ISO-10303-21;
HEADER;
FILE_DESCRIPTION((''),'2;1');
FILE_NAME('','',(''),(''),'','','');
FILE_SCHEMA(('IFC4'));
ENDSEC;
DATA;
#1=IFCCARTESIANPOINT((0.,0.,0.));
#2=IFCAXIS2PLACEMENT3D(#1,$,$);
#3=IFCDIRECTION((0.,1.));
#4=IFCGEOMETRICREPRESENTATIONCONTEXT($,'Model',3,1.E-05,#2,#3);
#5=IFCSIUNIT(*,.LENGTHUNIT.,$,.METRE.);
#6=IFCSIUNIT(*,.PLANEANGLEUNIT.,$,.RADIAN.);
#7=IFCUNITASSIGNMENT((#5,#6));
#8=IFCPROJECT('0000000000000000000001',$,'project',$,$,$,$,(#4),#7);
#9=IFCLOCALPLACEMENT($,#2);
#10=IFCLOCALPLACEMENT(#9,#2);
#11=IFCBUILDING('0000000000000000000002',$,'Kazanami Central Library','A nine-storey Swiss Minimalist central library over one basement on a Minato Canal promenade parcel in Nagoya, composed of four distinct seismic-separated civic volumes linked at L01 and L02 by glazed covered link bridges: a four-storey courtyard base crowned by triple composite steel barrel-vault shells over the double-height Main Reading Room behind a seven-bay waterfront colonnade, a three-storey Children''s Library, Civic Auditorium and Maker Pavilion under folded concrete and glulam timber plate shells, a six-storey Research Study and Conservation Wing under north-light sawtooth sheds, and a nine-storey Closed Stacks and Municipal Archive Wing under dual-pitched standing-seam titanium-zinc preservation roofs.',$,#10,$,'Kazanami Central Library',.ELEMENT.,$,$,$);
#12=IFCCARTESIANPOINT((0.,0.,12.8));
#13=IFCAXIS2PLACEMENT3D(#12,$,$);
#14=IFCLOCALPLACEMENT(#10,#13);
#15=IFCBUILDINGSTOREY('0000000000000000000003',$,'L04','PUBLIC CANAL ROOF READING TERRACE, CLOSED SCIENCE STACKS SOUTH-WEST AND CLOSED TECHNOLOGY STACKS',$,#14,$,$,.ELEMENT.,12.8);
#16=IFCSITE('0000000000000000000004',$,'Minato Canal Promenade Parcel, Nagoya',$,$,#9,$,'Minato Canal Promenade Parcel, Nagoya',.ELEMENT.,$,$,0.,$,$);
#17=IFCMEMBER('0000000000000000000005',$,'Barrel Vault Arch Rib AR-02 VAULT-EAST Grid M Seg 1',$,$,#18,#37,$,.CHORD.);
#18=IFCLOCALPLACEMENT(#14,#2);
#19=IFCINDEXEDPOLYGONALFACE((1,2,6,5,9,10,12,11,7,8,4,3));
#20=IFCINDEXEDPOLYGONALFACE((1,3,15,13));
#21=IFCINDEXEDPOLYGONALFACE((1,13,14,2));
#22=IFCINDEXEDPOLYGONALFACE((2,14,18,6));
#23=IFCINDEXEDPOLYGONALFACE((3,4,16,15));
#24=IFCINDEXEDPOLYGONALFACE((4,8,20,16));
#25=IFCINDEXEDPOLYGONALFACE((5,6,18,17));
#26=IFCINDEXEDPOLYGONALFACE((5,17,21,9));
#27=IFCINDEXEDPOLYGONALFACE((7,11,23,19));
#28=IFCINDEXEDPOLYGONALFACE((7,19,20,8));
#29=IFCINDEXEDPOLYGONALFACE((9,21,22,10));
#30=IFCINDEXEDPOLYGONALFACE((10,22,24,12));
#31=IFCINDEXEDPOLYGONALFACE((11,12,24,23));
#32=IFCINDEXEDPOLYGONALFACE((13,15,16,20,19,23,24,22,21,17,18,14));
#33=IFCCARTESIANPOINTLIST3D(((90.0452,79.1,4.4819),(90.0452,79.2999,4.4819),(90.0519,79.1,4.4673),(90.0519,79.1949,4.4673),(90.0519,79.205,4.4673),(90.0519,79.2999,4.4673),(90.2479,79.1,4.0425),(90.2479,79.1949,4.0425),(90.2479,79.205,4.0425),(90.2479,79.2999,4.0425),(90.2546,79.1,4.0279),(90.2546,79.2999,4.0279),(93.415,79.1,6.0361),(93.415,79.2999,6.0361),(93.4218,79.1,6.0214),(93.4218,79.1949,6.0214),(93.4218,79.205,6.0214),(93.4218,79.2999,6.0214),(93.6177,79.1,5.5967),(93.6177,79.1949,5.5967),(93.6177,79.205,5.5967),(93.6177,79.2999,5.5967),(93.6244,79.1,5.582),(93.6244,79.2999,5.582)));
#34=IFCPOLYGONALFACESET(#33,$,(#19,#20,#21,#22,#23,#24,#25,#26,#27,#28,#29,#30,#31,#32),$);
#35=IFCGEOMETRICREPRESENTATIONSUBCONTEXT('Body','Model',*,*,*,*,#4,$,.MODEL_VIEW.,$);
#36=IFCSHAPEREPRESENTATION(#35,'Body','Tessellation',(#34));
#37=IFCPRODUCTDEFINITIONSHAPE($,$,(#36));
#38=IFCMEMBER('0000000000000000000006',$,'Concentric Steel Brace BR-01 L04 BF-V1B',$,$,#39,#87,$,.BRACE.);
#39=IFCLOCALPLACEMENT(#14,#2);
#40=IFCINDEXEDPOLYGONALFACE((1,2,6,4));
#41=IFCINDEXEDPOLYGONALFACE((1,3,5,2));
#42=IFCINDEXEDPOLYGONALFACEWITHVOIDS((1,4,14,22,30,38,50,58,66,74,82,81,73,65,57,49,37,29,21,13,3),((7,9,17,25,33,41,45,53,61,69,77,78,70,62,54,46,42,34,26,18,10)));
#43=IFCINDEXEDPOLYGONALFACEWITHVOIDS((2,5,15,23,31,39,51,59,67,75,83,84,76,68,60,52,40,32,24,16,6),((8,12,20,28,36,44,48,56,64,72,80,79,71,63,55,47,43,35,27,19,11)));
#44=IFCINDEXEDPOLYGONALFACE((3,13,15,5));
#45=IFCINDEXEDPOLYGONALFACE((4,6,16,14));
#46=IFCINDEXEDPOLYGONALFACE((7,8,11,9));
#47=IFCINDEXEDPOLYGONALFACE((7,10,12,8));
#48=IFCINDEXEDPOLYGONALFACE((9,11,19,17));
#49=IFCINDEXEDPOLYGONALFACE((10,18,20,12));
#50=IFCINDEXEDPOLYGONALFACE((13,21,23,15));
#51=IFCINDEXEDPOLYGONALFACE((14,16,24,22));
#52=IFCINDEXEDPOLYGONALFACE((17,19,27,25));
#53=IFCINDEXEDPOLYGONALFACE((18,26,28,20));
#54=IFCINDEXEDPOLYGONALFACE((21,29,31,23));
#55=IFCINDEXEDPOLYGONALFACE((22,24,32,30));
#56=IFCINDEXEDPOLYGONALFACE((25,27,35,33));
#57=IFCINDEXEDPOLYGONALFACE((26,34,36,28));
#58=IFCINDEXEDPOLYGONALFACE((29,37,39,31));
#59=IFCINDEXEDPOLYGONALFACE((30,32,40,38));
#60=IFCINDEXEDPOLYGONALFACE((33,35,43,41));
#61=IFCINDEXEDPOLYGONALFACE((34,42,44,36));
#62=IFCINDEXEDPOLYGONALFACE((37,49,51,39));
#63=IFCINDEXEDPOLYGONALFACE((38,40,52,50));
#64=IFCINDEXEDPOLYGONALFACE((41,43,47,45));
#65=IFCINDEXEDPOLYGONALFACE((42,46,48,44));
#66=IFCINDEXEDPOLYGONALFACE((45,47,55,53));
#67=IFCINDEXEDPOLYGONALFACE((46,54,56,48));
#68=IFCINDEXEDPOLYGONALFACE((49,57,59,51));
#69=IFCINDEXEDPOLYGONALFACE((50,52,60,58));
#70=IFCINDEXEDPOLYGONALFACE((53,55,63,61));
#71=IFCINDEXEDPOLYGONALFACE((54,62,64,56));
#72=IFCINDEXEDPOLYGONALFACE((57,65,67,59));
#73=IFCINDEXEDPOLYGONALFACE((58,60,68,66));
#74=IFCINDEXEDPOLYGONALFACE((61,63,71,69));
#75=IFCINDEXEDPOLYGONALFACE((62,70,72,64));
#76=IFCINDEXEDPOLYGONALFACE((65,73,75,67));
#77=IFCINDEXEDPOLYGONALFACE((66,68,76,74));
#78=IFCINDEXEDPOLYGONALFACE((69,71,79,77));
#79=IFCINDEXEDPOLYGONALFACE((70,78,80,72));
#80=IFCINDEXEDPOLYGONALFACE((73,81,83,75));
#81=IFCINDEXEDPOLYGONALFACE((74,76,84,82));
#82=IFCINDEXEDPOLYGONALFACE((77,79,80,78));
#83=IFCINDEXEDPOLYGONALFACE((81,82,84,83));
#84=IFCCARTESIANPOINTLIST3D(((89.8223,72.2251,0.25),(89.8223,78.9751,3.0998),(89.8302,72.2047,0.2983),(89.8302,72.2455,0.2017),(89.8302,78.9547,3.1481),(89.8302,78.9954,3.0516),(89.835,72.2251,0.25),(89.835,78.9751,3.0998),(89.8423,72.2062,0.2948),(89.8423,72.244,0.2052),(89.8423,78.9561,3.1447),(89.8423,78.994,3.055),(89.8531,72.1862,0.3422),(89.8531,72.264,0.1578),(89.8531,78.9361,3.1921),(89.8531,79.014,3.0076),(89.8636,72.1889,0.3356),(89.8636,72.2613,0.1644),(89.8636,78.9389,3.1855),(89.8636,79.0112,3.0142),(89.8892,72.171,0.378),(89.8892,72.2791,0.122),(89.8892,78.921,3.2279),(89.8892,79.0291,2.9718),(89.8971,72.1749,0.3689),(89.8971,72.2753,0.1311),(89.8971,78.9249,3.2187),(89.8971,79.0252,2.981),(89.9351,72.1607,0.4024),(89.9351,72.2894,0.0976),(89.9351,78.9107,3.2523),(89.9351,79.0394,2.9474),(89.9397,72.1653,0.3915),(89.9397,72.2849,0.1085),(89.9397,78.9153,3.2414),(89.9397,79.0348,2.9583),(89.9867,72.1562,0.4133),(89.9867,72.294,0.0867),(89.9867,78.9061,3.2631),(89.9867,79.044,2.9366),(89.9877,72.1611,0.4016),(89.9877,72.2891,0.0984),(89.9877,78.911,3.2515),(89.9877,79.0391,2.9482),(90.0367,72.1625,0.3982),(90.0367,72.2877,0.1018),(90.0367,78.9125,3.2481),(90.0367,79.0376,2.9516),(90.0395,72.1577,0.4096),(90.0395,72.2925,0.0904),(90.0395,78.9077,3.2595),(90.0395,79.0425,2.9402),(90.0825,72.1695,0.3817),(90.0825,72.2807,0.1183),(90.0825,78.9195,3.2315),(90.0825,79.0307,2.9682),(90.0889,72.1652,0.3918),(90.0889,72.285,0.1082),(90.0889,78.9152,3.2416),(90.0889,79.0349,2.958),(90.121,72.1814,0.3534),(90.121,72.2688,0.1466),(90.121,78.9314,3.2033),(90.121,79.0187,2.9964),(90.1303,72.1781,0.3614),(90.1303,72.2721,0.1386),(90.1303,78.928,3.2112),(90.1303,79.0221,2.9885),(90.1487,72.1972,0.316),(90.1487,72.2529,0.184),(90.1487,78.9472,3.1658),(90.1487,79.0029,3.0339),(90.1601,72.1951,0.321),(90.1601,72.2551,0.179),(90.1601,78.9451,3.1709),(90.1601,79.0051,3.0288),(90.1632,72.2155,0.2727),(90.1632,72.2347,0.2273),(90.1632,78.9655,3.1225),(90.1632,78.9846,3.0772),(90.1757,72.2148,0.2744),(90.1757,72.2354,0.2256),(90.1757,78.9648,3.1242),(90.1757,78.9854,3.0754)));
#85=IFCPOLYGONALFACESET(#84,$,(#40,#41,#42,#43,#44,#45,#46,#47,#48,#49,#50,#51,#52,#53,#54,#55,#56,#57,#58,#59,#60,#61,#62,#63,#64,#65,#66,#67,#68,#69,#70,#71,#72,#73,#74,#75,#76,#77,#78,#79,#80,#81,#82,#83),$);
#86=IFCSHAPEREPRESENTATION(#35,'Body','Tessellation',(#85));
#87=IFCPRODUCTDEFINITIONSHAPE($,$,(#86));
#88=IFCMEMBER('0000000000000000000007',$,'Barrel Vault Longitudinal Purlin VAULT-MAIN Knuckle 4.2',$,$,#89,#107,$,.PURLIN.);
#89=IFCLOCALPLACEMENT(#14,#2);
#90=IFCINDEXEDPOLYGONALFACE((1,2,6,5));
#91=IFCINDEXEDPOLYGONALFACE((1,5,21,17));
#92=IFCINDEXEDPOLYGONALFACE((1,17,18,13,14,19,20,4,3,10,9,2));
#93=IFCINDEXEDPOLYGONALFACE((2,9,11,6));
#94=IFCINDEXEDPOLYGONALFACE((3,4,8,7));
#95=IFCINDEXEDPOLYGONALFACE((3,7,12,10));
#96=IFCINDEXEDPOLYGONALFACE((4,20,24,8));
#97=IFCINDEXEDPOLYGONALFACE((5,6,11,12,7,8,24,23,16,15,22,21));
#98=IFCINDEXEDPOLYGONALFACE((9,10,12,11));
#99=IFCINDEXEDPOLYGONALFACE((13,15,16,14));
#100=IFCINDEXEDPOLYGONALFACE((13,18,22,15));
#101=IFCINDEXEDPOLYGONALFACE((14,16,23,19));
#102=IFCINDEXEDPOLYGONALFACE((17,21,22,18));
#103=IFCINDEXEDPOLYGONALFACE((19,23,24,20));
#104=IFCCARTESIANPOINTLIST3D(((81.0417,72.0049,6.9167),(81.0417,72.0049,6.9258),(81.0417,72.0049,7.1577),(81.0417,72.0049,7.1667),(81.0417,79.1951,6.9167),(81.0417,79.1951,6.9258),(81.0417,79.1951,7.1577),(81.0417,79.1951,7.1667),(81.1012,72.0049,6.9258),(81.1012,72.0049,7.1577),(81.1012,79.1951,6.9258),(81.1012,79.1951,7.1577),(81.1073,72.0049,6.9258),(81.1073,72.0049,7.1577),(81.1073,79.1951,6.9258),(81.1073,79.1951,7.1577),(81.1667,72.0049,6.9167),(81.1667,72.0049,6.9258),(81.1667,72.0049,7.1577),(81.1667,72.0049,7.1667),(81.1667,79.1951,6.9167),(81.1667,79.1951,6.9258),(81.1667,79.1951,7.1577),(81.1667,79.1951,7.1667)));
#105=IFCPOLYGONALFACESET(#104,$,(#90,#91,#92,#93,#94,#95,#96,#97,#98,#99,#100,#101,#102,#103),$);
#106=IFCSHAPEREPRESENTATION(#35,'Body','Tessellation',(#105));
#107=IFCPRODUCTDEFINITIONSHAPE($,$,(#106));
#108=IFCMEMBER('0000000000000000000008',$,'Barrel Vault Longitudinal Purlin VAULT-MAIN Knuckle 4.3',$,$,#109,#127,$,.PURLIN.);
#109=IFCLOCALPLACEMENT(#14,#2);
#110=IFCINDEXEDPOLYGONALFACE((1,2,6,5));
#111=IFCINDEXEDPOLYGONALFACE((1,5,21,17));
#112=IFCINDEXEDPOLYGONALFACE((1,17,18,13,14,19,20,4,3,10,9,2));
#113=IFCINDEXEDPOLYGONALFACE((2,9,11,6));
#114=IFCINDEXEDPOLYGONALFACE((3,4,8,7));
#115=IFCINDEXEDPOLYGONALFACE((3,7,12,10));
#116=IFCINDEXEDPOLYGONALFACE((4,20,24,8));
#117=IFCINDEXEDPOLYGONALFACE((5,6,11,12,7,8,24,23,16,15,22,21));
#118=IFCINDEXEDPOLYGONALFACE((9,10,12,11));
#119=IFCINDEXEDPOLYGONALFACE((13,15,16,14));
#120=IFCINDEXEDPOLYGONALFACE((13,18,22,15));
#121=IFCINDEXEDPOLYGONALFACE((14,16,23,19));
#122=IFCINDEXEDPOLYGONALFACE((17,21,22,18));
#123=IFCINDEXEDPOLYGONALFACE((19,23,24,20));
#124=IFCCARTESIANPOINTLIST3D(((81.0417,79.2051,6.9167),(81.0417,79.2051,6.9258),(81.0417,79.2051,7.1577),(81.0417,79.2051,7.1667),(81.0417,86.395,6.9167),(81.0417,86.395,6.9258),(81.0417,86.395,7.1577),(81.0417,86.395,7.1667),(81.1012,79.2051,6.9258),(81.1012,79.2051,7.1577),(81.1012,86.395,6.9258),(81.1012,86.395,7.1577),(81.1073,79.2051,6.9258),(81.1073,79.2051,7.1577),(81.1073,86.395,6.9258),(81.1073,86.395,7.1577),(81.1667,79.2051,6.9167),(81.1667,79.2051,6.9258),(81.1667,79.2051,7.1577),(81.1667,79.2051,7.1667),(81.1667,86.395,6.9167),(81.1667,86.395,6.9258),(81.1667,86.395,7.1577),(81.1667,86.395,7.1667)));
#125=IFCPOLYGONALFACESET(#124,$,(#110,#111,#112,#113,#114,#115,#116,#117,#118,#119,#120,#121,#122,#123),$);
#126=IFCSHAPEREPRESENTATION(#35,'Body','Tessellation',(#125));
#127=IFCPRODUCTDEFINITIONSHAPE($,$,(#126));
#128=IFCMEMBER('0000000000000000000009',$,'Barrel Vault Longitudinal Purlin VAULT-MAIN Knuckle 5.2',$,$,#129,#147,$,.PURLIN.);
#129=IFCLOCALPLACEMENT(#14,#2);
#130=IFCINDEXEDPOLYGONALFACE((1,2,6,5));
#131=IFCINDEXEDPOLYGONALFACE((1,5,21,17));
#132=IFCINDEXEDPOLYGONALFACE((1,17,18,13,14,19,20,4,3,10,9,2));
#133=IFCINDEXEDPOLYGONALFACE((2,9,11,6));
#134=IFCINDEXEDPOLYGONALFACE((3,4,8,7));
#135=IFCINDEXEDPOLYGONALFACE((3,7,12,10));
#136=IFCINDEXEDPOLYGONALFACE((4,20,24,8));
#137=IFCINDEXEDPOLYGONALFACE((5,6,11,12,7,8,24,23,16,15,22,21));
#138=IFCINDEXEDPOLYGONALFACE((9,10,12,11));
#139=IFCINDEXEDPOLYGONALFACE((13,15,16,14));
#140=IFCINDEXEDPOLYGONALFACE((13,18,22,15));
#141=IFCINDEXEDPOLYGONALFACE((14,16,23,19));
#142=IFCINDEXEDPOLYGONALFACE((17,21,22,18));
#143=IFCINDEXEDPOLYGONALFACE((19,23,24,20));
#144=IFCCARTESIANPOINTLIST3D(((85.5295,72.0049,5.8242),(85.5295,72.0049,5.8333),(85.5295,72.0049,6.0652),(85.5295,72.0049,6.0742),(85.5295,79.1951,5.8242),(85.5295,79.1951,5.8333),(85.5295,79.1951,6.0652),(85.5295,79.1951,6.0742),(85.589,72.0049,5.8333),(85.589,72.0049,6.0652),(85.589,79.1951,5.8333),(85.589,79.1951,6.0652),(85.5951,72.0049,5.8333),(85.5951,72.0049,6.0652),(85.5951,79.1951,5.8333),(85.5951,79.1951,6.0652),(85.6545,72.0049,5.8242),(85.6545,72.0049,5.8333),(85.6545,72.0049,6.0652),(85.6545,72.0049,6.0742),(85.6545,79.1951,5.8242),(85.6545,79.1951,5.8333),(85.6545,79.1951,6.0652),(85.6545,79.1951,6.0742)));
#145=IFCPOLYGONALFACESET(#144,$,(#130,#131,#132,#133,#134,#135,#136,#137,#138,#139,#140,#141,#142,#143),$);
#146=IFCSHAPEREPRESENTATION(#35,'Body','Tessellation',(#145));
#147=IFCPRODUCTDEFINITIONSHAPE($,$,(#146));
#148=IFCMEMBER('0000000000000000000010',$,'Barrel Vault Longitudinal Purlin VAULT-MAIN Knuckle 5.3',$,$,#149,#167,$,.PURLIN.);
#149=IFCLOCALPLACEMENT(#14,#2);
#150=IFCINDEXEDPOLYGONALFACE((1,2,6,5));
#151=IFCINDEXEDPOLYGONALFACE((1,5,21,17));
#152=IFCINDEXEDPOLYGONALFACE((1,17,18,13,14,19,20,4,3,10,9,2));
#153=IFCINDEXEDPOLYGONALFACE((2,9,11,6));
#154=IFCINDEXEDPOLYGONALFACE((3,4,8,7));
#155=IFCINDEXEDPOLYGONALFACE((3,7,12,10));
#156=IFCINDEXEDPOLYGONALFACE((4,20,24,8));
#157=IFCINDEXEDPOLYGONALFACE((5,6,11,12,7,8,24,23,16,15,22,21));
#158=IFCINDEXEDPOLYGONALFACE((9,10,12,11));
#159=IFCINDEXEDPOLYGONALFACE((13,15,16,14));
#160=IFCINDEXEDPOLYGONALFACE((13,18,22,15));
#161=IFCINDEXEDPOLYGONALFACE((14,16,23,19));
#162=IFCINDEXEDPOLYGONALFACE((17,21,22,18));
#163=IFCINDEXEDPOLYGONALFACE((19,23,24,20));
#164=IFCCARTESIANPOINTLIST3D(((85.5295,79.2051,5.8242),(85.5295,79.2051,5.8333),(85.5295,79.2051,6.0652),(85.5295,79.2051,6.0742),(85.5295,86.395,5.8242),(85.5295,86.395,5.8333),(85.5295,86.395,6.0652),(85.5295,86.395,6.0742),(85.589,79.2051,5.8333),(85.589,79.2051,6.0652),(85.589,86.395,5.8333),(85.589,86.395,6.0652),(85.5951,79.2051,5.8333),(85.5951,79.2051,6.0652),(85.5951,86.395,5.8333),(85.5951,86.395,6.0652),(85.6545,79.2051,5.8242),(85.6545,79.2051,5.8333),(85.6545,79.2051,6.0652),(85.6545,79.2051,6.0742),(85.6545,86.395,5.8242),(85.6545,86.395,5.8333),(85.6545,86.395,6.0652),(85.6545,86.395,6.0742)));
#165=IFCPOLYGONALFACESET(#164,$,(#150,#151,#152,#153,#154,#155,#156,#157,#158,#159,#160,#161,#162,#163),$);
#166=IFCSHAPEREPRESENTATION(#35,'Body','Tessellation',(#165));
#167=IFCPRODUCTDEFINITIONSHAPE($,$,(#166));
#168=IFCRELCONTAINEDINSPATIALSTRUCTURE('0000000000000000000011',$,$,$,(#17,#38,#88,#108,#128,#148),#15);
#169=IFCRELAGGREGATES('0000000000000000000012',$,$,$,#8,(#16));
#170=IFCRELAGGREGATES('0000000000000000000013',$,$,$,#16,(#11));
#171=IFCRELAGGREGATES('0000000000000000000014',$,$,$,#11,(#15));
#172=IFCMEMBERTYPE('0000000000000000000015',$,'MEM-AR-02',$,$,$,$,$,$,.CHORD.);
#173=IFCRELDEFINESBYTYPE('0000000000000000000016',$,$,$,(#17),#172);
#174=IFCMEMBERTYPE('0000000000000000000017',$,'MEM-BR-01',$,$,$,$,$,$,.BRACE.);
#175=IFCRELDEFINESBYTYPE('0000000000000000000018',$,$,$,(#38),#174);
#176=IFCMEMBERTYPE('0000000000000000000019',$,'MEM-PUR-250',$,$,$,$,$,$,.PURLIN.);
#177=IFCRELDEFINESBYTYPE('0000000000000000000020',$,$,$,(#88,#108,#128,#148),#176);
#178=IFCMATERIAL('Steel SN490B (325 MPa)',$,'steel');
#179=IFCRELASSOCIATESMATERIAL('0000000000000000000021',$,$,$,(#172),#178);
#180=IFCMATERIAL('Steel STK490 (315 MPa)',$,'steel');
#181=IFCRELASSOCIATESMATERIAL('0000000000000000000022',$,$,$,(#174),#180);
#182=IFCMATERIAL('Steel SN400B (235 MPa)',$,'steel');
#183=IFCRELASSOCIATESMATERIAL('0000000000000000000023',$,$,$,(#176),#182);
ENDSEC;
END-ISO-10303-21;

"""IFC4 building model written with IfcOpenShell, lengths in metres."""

from ifc_helpers import new_model, si_unit, direction, frame, origin, origin_2d, place, context, subcontext, project, spatial, hollow_circle, i_section, extrude, material, material_profile, profile_set, type_object, element, save


model = new_model("IFC4")

# Units and contexts
model_context = context("Model", 3, precision=1e-05, world=origin(), true_north=direction((0.0, 1.0)))
body_context = subcontext(model_context, "Body", "Model", "MODEL_VIEW")
ifc_project = project(units=[si_unit("LENGTHUNIT", "METRE"), si_unit("PLANEANGLEUNIT", "RADIAN")], contexts=[model_context])

# Site, building, storey
site_placement = place(None, origin())
site = spatial("IfcSite", under=ifc_project, at=site_placement, Name="Minato Canal Promenade Parcel, Nagoya", LongName="Minato Canal Promenade Parcel, Nagoya", CompositionType="ELEMENT", RefElevation=0.0)
building_placement = place(site_placement, origin())
building = spatial("IfcBuilding", under=site, at=building_placement, Name="Kazanami Central Library", Description="A nine-storey Swiss Minimalist central library over one basement on a Minato Canal promenade parcel in Nagoya, composed of four distinct seismic-separated civic volumes linked at L01 and L02 by glazed covered link bridges: a four-storey courtyard base crowned by triple composite steel barrel-vault shells over the double-height Main Reading Room behind a seven-bay waterfront colonnade, a three-storey Children's Library, Civic Auditorium and Maker Pavilion under folded concrete and glulam timber plate shells, a six-storey Research Study and Conservation Wing under north-light sawtooth sheds, and a nine-storey Closed Stacks and Municipal Archive Wing under dual-pitched standing-seam titanium-zinc preservation roofs.", LongName="Kazanami Central Library", CompositionType="ELEMENT")
storey_placement = place(building_placement, frame((0.0, 0.0, 12.8)))
storey = spatial("IfcBuildingStorey", under=building, at=storey_placement, Name="L04", Description="PUBLIC CANAL ROOF READING TERRACE, CLOSED SCIENCE STACKS SOUTH-WEST AND CLOSED TECHNOLOGY STACKS", CompositionType="ELEMENT", Elevation=12.8)

# Shared definitions
ifc_material_1 = material(Name="Steel SN490B (325 MPa)", Category="steel")

# Members
ifc_material_profile_1 = material_profile(ifc_material_1, i_section(OverallWidth=0.2, OverallDepth=0.5, WebThickness=0.01, FlangeThickness=0.0161, at=origin_2d()), Name="H-500x200x10x16")
ifc_profile_set_1 = profile_set([ifc_material_profile_1], Name="Steel SN490B (325 MPa)")
member_type_1 = type_object("IfcMemberType", Name="MEM-AR-02", PredefinedType="CHORD", material=ifc_profile_set_1)
for number, where, z_axis, x_axis, name in (
    (1, (90.1499, 79.2, 4.2549), (0.908075, 0.0, 0.418808), (0.0, 1.0, 0.0), "Barrel Vault Arch Rib AR-02 VAULT-EAST Grid M Seg 1"),
):
    element("IfcMember", number, at=place(storey_placement, frame(where, z_axis=z_axis, x_axis=x_axis)), inside=storey, type_object=member_type_1, Name=name, PredefinedType="CHORD", context=body_context, shape_type="SweptSolid", body=[
        extrude(i_section(OverallWidth=0.2, OverallDepth=0.5, WebThickness=0.01, FlangeThickness=0.0161, at=origin_2d()), origin(), (0.0, 0.0, 1.0), 3.7109),
    ])
ifc_material_2 = material(Name="Steel STK490 (315 MPa)", Category="steel")
ifc_material_profile_2 = material_profile(ifc_material_2, hollow_circle(Radius=0.1777, WallThickness=0.0127, at=origin_2d()), Name="CHS-355.6x12.7")
ifc_profile_set_2 = profile_set([ifc_material_profile_2], Name="Steel STK490 (315 MPa)")
member_type_2 = type_object("IfcMemberType", Name="MEM-BR-01", PredefinedType="BRACE", material=ifc_profile_set_2)
member_1_placement = place(storey_placement, frame((90.0, 72.2251, 0.25), z_axis=(0.0, 0.921257, 0.388955), x_axis=(-1.0, 0.0, 0.0)))
element("IfcMember", 2, at=member_1_placement, inside=storey, type_object=member_type_2, Name="Concentric Steel Brace BR-01 L04 BF-V1B", PredefinedType="BRACE", context=body_context, shape_type="SweptSolid", body=[
    extrude(hollow_circle(Radius=0.1777, WallThickness=0.0127, at=origin_2d()), origin(), (0.0, 0.0, 1.0), 7.3269),
])
ifc_material_3 = material(Name="Steel SN400B (235 MPa)", Category="steel")
ifc_material_profile_3 = material_profile(ifc_material_3, i_section(OverallWidth=0.125, OverallDepth=0.25, WebThickness=0.0061, FlangeThickness=0.009, at=origin_2d()), Name="H-250x125x6x9")
ifc_profile_set_3 = profile_set([ifc_material_profile_3], Name="Steel SN400B (235 MPa)")
member_type_3 = type_object("IfcMemberType", Name="MEM-PUR-250", PredefinedType="PURLIN", material=ifc_profile_set_3)
member_2_placement = place(storey_placement, frame((81.1042, 72.0049, 7.0417), z_axis=(0.0, 1.0, 0.0), x_axis=(-1.0, 0.0, 0.0)))
element("IfcMember", 3, at=member_2_placement, inside=storey, type_object=member_type_3, Name="Barrel Vault Longitudinal Purlin VAULT-MAIN Knuckle 4.2", PredefinedType="PURLIN", context=body_context, shape_type="SweptSolid", body=[
    extrude(i_section(OverallWidth=0.125, OverallDepth=0.25, WebThickness=0.0061, FlangeThickness=0.009, at=origin_2d()), origin(), (0.0, 0.0, 1.0), 7.1902),
])
member_3_placement = place(storey_placement, frame((81.1042, 79.2051, 7.0417), z_axis=(0.0, 1.0, 0.0), x_axis=(-1.0, 0.0, 0.0)))
element("IfcMember", 4, at=member_3_placement, inside=storey, type_object=member_type_3, Name="Barrel Vault Longitudinal Purlin VAULT-MAIN Knuckle 4.3", PredefinedType="PURLIN", context=body_context, shape_type="SweptSolid", body=[
    extrude(i_section(OverallWidth=0.125, OverallDepth=0.25, WebThickness=0.0061, FlangeThickness=0.009, at=origin_2d()), origin(), (0.0, 0.0, 1.0), 7.1899),
])
member_4_placement = place(storey_placement, frame((85.592, 72.0049, 5.9492), z_axis=(0.0, 1.0, 0.0), x_axis=(-1.0, 0.0, 0.0)))
element("IfcMember", 5, at=member_4_placement, inside=storey, type_object=member_type_3, Name="Barrel Vault Longitudinal Purlin VAULT-MAIN Knuckle 5.2", PredefinedType="PURLIN", context=body_context, shape_type="SweptSolid", body=[
    extrude(i_section(OverallWidth=0.125, OverallDepth=0.25, WebThickness=0.0061, FlangeThickness=0.009, at=origin_2d()), origin(), (0.0, 0.0, 1.0), 7.1902),
])
member_5_placement = place(storey_placement, frame((85.592, 79.2051, 5.9492), z_axis=(0.0, 1.0, 0.0), x_axis=(-1.0, 0.0, 0.0)))
element("IfcMember", 6, at=member_5_placement, inside=storey, type_object=member_type_3, Name="Barrel Vault Longitudinal Purlin VAULT-MAIN Knuckle 5.3", PredefinedType="PURLIN", context=body_context, shape_type="SweptSolid", body=[
    extrude(i_section(OverallWidth=0.125, OverallDepth=0.25, WebThickness=0.0061, FlangeThickness=0.009, at=origin_2d()), origin(), (0.0, 0.0, 1.0), 7.1899),
])

save(model, "model.ifc")
